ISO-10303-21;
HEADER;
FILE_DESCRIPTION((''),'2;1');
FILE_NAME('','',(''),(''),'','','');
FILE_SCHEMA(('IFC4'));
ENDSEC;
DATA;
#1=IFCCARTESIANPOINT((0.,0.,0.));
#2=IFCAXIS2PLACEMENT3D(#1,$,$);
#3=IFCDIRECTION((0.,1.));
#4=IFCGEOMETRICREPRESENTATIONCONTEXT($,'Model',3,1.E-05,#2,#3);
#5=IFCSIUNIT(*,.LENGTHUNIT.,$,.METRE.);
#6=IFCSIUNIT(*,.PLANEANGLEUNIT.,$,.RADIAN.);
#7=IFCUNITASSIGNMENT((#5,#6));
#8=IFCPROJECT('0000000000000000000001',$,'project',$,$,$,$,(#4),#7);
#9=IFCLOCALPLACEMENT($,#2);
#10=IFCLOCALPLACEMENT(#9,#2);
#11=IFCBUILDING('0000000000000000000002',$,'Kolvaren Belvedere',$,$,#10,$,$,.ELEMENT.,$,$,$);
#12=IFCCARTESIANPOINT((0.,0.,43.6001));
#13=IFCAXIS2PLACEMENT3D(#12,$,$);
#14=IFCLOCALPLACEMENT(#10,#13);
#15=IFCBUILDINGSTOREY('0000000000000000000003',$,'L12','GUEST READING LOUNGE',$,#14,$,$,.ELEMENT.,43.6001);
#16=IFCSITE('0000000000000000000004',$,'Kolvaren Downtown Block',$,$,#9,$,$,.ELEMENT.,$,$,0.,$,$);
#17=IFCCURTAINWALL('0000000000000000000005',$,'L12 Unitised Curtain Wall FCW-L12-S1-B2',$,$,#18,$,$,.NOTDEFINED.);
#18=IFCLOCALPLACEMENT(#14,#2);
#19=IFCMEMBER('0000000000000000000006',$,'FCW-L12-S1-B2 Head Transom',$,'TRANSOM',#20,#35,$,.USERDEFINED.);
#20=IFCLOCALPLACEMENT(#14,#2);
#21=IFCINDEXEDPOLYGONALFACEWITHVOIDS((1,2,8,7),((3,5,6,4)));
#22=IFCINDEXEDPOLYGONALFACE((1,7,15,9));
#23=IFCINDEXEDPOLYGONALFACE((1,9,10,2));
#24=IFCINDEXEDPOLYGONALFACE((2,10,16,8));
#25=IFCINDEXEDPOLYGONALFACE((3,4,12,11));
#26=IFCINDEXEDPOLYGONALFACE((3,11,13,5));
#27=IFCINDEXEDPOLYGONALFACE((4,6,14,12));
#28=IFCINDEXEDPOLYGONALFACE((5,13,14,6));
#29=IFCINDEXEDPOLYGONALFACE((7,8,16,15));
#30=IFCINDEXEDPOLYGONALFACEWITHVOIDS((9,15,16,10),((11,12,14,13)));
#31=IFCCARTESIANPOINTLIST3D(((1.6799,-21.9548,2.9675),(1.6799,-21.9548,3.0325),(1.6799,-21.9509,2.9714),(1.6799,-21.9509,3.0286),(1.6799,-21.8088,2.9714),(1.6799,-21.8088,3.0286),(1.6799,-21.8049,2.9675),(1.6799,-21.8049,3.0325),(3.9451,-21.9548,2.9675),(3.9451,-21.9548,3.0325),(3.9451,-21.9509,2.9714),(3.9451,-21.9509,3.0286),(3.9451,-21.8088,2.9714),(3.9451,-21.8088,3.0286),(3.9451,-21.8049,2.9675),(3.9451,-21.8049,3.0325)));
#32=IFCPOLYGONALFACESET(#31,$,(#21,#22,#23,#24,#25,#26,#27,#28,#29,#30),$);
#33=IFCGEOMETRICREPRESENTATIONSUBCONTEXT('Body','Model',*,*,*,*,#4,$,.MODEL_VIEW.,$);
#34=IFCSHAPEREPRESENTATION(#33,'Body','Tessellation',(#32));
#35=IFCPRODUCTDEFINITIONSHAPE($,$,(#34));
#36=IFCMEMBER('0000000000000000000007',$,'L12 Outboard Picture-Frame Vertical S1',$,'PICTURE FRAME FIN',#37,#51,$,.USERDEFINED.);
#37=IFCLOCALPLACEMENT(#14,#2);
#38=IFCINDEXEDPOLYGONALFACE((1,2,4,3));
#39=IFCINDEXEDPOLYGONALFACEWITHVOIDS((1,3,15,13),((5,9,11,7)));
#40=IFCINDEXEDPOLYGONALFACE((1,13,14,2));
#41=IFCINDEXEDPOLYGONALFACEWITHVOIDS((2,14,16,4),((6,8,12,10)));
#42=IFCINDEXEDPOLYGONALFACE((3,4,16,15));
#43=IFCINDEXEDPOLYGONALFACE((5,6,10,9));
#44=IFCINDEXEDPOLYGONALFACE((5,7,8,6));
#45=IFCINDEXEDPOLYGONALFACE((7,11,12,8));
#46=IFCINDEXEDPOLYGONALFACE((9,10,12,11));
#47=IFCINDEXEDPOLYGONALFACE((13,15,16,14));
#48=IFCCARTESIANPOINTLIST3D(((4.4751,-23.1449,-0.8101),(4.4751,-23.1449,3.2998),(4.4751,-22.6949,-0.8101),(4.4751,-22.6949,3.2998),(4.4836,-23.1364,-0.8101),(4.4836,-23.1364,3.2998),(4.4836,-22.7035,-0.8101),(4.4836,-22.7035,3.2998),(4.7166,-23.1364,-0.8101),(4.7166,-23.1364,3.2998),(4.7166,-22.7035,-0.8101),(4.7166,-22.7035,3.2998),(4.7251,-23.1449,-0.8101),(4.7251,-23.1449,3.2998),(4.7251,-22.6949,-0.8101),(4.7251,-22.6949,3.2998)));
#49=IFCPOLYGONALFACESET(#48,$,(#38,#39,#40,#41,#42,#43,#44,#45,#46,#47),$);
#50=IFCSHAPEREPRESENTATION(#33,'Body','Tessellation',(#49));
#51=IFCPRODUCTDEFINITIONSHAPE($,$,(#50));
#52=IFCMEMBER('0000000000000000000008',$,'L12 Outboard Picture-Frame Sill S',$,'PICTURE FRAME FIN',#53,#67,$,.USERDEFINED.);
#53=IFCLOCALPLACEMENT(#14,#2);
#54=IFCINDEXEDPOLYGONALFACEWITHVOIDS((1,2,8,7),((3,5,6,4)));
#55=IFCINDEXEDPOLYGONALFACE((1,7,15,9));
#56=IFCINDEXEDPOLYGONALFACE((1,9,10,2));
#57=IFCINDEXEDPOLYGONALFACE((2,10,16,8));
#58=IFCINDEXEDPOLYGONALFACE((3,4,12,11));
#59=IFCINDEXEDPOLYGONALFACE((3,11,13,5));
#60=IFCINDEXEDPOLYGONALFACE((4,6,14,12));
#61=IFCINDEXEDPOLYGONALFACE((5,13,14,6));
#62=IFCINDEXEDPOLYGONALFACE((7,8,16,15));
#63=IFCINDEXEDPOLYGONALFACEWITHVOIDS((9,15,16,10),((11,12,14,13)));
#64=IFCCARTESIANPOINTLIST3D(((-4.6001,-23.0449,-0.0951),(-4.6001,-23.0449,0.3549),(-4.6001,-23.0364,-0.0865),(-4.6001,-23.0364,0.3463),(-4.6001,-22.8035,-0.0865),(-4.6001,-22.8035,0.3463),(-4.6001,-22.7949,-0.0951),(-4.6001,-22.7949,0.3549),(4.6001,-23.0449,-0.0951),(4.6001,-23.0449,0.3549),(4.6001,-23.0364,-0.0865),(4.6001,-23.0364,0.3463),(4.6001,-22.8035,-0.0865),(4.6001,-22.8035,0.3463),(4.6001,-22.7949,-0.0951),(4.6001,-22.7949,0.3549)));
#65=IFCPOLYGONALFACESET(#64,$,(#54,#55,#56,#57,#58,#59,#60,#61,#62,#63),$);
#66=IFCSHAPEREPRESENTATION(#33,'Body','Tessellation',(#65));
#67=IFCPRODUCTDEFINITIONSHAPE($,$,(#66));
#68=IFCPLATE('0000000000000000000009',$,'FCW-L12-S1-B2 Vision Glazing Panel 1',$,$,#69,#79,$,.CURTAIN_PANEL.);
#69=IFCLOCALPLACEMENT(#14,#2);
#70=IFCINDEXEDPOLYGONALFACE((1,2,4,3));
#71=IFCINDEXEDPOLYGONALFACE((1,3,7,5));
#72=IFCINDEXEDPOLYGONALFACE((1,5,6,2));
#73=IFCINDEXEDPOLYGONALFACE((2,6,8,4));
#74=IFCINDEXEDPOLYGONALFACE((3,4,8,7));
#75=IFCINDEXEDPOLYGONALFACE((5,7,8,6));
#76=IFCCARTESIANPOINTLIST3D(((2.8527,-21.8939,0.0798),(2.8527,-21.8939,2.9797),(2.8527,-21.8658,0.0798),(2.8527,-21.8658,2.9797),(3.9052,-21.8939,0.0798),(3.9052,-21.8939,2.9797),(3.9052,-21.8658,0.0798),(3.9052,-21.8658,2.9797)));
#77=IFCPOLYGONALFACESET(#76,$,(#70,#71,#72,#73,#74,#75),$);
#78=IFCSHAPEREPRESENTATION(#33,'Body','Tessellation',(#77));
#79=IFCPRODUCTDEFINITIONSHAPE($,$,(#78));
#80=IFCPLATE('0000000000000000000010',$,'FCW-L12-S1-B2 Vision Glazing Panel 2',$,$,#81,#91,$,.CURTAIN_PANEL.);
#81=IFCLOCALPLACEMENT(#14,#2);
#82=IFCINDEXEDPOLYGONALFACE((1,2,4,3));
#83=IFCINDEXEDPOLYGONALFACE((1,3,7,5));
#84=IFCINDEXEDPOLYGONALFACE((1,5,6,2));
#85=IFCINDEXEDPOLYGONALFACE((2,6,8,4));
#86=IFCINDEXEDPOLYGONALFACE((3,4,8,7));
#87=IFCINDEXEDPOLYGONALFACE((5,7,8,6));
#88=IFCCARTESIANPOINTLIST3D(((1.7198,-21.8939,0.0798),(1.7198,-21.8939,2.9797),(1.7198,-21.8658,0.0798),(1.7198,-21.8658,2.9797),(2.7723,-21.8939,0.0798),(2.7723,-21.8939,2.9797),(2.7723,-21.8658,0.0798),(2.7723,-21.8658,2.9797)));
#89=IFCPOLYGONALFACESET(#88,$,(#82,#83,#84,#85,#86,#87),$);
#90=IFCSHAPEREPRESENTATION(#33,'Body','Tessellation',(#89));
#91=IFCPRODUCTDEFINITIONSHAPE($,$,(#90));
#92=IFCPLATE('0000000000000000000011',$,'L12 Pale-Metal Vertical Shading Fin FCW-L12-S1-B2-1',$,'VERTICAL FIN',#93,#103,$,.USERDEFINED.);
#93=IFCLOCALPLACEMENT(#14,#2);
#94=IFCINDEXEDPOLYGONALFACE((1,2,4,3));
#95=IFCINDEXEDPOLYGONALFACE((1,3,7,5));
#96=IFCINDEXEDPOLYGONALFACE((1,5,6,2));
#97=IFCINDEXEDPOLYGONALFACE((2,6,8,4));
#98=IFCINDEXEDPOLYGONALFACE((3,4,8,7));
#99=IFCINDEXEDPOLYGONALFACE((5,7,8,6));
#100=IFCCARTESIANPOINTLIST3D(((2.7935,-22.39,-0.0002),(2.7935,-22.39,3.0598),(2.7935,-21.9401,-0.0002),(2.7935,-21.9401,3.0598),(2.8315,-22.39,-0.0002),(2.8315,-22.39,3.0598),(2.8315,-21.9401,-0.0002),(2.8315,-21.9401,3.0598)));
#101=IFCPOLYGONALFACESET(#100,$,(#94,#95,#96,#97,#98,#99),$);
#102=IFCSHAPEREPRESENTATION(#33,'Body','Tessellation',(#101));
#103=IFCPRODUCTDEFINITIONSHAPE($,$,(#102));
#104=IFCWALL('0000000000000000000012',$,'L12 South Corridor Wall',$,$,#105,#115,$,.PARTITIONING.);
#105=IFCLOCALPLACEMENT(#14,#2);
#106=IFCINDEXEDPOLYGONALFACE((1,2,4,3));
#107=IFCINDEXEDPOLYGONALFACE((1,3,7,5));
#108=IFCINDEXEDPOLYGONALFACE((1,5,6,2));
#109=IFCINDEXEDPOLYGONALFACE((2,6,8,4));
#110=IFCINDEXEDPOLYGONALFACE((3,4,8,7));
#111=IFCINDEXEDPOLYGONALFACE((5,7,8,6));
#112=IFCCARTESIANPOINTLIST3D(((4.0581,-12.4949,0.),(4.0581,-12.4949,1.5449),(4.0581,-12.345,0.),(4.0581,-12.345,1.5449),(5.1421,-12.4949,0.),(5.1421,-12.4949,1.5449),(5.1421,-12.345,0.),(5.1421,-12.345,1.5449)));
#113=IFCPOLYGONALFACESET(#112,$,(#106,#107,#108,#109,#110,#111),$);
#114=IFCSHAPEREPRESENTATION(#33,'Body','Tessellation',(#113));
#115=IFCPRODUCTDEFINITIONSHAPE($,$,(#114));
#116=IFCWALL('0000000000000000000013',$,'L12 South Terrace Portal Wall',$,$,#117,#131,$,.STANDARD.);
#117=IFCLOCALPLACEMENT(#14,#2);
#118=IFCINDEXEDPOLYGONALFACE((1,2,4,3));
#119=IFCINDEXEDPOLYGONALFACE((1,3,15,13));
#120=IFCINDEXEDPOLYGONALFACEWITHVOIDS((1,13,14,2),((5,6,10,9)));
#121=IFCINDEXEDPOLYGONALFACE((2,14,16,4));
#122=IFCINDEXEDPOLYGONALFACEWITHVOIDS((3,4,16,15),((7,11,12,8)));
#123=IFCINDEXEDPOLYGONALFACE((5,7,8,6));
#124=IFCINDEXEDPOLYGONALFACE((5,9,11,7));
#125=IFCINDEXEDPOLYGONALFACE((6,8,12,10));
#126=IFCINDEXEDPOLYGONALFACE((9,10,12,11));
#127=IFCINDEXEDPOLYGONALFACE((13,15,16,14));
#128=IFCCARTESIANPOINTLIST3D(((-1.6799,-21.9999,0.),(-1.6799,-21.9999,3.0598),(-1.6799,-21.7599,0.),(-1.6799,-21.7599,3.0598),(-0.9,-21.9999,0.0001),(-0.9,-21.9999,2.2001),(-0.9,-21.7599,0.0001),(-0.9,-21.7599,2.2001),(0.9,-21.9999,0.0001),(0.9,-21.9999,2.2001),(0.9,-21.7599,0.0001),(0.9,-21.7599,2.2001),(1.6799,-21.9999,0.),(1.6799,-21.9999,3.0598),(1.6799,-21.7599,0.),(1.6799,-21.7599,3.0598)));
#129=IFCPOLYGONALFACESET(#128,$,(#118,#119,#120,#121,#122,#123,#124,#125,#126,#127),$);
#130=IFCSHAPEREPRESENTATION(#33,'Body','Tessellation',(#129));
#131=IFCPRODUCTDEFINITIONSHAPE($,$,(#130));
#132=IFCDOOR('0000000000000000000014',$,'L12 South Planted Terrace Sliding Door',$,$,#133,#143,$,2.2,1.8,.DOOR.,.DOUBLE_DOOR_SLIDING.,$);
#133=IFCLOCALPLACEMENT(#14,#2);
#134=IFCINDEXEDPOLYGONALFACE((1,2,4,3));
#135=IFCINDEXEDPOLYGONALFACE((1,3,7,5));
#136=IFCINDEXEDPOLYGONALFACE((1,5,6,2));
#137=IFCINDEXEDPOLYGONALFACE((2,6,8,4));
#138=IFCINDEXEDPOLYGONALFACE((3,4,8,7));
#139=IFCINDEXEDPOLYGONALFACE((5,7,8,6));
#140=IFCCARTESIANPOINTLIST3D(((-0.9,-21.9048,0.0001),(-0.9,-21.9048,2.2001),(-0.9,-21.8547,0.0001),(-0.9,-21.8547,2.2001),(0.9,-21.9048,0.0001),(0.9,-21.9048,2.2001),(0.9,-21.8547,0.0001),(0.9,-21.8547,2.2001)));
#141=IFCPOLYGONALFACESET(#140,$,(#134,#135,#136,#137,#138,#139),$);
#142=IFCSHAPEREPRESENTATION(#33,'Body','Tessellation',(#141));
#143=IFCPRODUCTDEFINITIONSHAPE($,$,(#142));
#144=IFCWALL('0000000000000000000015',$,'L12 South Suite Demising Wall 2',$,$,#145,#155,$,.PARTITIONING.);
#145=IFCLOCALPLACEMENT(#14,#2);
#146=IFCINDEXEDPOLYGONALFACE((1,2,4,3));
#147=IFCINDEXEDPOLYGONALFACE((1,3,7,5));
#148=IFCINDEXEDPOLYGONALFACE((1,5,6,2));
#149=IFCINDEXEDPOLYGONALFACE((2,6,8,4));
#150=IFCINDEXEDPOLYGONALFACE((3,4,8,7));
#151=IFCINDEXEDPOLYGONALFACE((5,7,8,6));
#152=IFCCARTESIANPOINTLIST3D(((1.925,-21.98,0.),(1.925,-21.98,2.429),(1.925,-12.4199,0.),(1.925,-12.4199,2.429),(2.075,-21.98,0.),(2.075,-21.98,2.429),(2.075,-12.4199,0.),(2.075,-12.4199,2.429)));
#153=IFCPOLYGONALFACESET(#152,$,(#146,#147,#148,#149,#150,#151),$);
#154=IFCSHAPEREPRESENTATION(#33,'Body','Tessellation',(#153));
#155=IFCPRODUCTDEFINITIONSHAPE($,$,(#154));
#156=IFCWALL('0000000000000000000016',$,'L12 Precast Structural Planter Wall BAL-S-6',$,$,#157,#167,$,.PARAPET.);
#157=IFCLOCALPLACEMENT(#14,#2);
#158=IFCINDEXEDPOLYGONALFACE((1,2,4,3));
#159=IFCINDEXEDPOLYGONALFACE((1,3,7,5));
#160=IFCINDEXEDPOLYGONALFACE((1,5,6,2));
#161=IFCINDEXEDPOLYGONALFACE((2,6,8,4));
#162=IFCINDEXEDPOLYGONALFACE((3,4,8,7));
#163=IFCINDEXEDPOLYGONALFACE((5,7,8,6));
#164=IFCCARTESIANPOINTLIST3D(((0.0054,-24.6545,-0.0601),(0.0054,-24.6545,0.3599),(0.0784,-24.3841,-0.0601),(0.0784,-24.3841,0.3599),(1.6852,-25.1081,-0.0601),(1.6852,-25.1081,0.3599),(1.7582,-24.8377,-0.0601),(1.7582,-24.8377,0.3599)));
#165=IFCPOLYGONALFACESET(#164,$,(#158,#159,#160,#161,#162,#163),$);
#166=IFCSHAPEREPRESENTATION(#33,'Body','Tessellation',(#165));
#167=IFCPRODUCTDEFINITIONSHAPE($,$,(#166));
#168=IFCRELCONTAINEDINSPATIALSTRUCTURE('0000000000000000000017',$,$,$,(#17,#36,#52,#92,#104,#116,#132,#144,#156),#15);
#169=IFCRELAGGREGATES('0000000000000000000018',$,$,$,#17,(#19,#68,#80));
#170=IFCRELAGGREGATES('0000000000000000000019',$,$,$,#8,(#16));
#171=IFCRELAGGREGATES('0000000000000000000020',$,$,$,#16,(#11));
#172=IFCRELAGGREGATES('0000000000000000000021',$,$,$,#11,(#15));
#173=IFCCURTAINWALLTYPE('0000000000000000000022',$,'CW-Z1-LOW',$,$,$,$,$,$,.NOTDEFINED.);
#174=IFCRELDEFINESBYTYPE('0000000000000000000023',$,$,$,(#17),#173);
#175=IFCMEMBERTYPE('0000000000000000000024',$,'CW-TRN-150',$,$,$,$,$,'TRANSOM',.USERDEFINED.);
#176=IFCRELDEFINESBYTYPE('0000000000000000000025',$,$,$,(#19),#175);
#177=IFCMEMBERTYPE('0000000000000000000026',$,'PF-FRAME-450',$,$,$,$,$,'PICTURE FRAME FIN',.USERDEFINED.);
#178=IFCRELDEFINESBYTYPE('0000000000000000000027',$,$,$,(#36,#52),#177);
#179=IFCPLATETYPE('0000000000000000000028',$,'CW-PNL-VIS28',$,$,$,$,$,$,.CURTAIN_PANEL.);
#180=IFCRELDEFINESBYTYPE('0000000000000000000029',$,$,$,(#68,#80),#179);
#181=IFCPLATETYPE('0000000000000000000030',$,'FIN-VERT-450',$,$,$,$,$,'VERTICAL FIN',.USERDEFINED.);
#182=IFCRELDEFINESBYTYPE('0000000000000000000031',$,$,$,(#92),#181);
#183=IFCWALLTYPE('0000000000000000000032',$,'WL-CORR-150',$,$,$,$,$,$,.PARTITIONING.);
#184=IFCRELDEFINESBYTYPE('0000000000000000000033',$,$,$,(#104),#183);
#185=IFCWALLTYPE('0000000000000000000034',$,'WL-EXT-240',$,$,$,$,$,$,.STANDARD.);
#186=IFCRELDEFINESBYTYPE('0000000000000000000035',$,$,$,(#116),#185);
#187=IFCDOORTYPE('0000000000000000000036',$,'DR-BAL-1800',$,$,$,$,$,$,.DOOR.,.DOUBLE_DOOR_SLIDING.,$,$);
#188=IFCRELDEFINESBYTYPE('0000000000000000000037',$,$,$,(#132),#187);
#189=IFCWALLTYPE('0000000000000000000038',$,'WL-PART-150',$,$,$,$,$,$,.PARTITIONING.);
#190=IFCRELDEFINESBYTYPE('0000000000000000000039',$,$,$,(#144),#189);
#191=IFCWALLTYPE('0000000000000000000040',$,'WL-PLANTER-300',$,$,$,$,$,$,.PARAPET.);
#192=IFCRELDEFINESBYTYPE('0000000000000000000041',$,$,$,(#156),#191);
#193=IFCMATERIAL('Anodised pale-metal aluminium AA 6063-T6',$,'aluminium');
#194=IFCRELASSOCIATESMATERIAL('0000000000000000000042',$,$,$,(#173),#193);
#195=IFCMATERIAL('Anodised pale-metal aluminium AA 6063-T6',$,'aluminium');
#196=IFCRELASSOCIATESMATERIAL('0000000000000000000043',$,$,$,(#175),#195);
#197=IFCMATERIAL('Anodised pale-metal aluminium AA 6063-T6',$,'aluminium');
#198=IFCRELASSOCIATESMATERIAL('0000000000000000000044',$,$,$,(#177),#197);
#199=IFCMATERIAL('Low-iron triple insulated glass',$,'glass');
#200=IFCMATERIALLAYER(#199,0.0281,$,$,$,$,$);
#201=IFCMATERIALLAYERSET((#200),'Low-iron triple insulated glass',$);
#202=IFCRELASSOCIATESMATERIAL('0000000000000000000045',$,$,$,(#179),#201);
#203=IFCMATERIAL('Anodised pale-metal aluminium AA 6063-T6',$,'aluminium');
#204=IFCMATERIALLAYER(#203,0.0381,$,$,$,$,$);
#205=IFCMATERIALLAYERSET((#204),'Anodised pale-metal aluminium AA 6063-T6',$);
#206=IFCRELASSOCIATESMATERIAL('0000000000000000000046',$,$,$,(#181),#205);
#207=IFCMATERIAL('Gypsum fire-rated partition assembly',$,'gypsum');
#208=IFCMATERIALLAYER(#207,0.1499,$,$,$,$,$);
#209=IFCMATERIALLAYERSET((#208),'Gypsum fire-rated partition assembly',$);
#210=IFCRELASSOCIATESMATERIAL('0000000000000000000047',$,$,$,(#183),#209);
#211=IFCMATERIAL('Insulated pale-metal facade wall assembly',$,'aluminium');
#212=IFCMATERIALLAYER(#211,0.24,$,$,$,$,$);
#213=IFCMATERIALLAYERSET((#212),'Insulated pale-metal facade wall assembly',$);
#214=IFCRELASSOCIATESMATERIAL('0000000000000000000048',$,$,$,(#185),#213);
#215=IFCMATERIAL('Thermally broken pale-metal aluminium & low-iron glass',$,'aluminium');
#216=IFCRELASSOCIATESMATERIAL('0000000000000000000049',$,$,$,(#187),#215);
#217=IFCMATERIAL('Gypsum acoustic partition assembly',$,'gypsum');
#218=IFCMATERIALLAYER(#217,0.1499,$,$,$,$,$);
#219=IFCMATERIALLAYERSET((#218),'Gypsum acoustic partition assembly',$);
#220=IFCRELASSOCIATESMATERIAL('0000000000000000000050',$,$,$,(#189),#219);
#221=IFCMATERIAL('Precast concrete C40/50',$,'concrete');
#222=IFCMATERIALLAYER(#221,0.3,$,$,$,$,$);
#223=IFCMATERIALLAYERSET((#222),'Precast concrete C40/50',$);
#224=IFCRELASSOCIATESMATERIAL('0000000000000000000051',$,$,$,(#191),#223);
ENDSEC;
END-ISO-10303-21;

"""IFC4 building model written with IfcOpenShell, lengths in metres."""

from ifc_helpers import new_model, si_unit, direction, frame, frame_2d, origin, origin_2d, place, context, subcontext, project, spatial, rectangle, hollow_rectangle, extrude, material, layer, layer_set, material_profile, profile_set, type_object, element, fill, aggregate, save


model = new_model("IFC4")

# Units and contexts
model_context = context("Model", 3, precision=1e-05, world=origin(), true_north=direction((0.0, 1.0)))
body_context = subcontext(model_context, "Body", "Model", "MODEL_VIEW")
ifc_project = project(units=[si_unit("LENGTHUNIT", "METRE"), si_unit("PLANEANGLEUNIT", "RADIAN")], contexts=[model_context])

# Site, building, storey
site_placement = place(None, origin())
site = spatial("IfcSite", under=ifc_project, at=site_placement, Name="Kolvaren Downtown Block", CompositionType="ELEMENT", RefElevation=0.0)
building_placement = place(site_placement, origin())
building = spatial("IfcBuilding", under=site, at=building_placement, Name="Kolvaren Belvedere", CompositionType="ELEMENT")
storey_placement = place(building_placement, frame((0.0, 0.0, 43.6001)))
storey = spatial("IfcBuildingStorey", under=building, at=storey_placement, Name="L12", Description="GUEST READING LOUNGE", CompositionType="ELEMENT", Elevation=43.6001)

# Curtain wall, member
ifc_material_1 = material(Name="Anodised pale-metal aluminium AA 6063-T6", Category="aluminium")
curtain_wall_type = type_object("IfcCurtainWallType", Name="CW-Z1-LOW", PredefinedType="NOTDEFINED", material=ifc_material_1)
curtain_wall_placement = place(storey_placement, origin())
curtain_wall = element("IfcCurtainWall", 1, at=curtain_wall_placement, inside=storey, type_object=curtain_wall_type, Name="L12 Unitised Curtain Wall FCW-L12-S1-B2", PredefinedType="NOTDEFINED")
ifc_material_2 = material(Name="Anodised pale-metal aluminium AA 6063-T6", Category="aluminium")
ifc_material_profile_1 = material_profile(ifc_material_2, hollow_rectangle(XDim=0.0649, YDim=0.1499, WallThickness=0.0039, at=origin_2d()), Name="ALU-TRN-150X65")
ifc_profile_set_1 = profile_set([ifc_material_profile_1], Name="Anodised pale-metal aluminium AA 6063-T6")
member_type_1 = type_object("IfcMemberType", Name="CW-TRN-150", ElementType="TRANSOM", PredefinedType="USERDEFINED", material=ifc_profile_set_1)
member_1_placement = place(storey_placement, frame((3.9451, -21.8799, 3.0), z_axis=(-1.0, 0.0, 0.0), x_axis=(0.0, 0.0, 1.0)))
member_1 = element("IfcMember", 2, at=member_1_placement, type_object=member_type_1, Name="FCW-L12-S1-B2 Head Transom", ObjectType="TRANSOM", PredefinedType="USERDEFINED", context=body_context, shape_type="SweptSolid", body=[
    extrude(hollow_rectangle(XDim=0.0649, YDim=0.1499, WallThickness=0.0039, at=origin_2d()), origin(), (0.0, 0.0, 1.0), 2.2651),
])

# Members
ifc_material_3 = material(Name="Anodised pale-metal aluminium AA 6063-T6", Category="aluminium")
ifc_material_profile_2 = material_profile(ifc_material_3, hollow_rectangle(XDim=0.25, YDim=0.45, WallThickness=0.0085, at=origin_2d()), Name="ALU-PF-450X250")
ifc_profile_set_2 = profile_set([ifc_material_profile_2], Name="Anodised pale-metal aluminium AA 6063-T6")
member_type_2 = type_object("IfcMemberType", Name="PF-FRAME-450", ElementType="PICTURE FRAME FIN", PredefinedType="USERDEFINED", material=ifc_profile_set_2)
member_2_placement = place(storey_placement, frame((4.6001, -22.9199, -0.8101), z_axis=(0.0, 0.0, 1.0), x_axis=(1.0, 0.0, 0.0)))
element("IfcMember", 3, at=member_2_placement, inside=storey, type_object=member_type_2, Name="L12 Outboard Picture-Frame Vertical S1", ObjectType="PICTURE FRAME FIN", PredefinedType="USERDEFINED", context=body_context, shape_type="SweptSolid", body=[
    extrude(hollow_rectangle(XDim=0.25, YDim=0.45, WallThickness=0.0085, at=origin_2d()), origin(), (0.0, 0.0, 1.0), 4.1099),
])
member_3_placement = place(storey_placement, frame((4.6001, -22.9199, 0.1299), z_axis=(-1.0, 0.0, 0.0), x_axis=(0.0, -1.0, 0.0)))
element("IfcMember", 4, at=member_3_placement, inside=storey, type_object=member_type_2, Name="L12 Outboard Picture-Frame Sill S", ObjectType="PICTURE FRAME FIN", PredefinedType="USERDEFINED", context=body_context, shape_type="SweptSolid", body=[
    extrude(hollow_rectangle(XDim=0.25, YDim=0.45, WallThickness=0.0085, at=origin_2d()), origin(), (0.0, 0.0, 1.0), 9.2002),
])

# Plates
ifc_material_4 = material(Name="Low-iron triple insulated glass", Category="glass")
ifc_layer_1 = layer(ifc_material_4, 0.0281)
ifc_layer_set_1 = layer_set([ifc_layer_1], Name="Low-iron triple insulated glass")
plate_type_1 = type_object("IfcPlateType", Name="CW-PNL-VIS28", PredefinedType="CURTAIN_PANEL", material=ifc_layer_set_1)
plate_1_placement = place(storey_placement, frame((3.3789, -21.8799, 0.0798), z_axis=(0.0, 0.0, 1.0), x_axis=(-1.0, 0.0, 0.0)))
plate_1 = element("IfcPlate", 5, at=plate_1_placement, type_object=plate_type_1, Name="FCW-L12-S1-B2 Vision Glazing Panel 1", PredefinedType="CURTAIN_PANEL", context=body_context, shape_type="SweptSolid", body=[
    extrude(rectangle(XDim=1.0525, YDim=0.0281, at=origin_2d()), origin(), (0.0, 0.0, 1.0), 2.8999),
])
plate_2_placement = place(storey_placement, frame((2.2461, -21.8799, 0.0798), z_axis=(0.0, 0.0, 1.0), x_axis=(-1.0, 0.0, 0.0)))
plate_2 = element("IfcPlate", 6, at=plate_2_placement, type_object=plate_type_1, Name="FCW-L12-S1-B2 Vision Glazing Panel 2", PredefinedType="CURTAIN_PANEL", context=body_context, shape_type="SweptSolid", body=[
    extrude(rectangle(XDim=1.0525, YDim=0.0281, at=origin_2d()), origin(), (0.0, 0.0, 1.0), 2.8999),
])
aggregate(curtain_wall, [member_1, plate_1, plate_2])
ifc_material_5 = material(Name="Anodised pale-metal aluminium AA 6063-T6", Category="aluminium")
ifc_layer_2 = layer(ifc_material_5, 0.0381)
ifc_layer_set_2 = layer_set([ifc_layer_2], Name="Anodised pale-metal aluminium AA 6063-T6")
plate_type_2 = type_object("IfcPlateType", Name="FIN-VERT-450", ElementType="VERTICAL FIN", PredefinedType="USERDEFINED", material=ifc_layer_set_2)
plate_3_placement = place(storey_placement, frame((2.8125, -22.165, -0.0002), z_axis=(0.0, 0.0, 1.0), x_axis=(0.0, 1.0, 0.0)))
element("IfcPlate", 7, at=plate_3_placement, inside=storey, type_object=plate_type_2, Name="L12 Pale-Metal Vertical Shading Fin FCW-L12-S1-B2-1", ObjectType="VERTICAL FIN", PredefinedType="USERDEFINED", context=body_context, shape_type="SweptSolid", body=[
    extrude(rectangle(XDim=0.45, YDim=0.0381, at=origin_2d()), origin(), (0.0, 0.0, 1.0), 3.0601),
])

# Wall
ifc_material_6 = material(Name="Gypsum fire-rated partition assembly", Category="gypsum")
ifc_layer_3 = layer(ifc_material_6, 0.1499)
ifc_layer_set_3 = layer_set([ifc_layer_3], Name="Gypsum fire-rated partition assembly")
wall_type_1 = type_object("IfcWallType", Name="WL-CORR-150", PredefinedType="PARTITIONING", material=ifc_layer_set_3)
wall_1_placement = place(storey_placement, frame((4.0581, -12.4199, 0.0), z_axis=(0.0, 0.0, 1.0), x_axis=(1.0, 0.0, 0.0)))
element("IfcWall", 8, at=wall_1_placement, inside=storey, type_object=wall_type_1, Name="L12 South Corridor Wall", PredefinedType="PARTITIONING", context=body_context, shape_type="SweptSolid", body=[
    extrude(rectangle(XDim=1.084, YDim=0.1499, at=frame_2d((0.542, 0.0))), origin(), (0.0, 0.0, 1.0), 1.5449),
])

# Wall, opening, door
ifc_material_7 = material(Name="Insulated pale-metal facade wall assembly", Category="aluminium")
ifc_layer_4 = layer(ifc_material_7, 0.24)
ifc_layer_set_4 = layer_set([ifc_layer_4], Name="Insulated pale-metal facade wall assembly")
wall_type_2 = type_object("IfcWallType", Name="WL-EXT-240", PredefinedType="STANDARD", material=ifc_layer_set_4)
wall_2_placement = place(storey_placement, frame((1.6799, -21.8799, 0.0), z_axis=(0.0, 0.0, 1.0), x_axis=(-1.0, 0.0, 0.0)))
wall_2 = element("IfcWall", 9, at=wall_2_placement, inside=storey, type_object=wall_type_2, Name="L12 South Terrace Portal Wall", PredefinedType="STANDARD", context=body_context, shape_type="SweptSolid", body=[
    extrude(rectangle(XDim=3.3599, YDim=0.24, at=frame_2d((1.6799, 0.0))), origin(), (0.0, 0.0, 1.0), 3.0598),
])
opening_placement = place(wall_2_placement, frame((0.78, 0.0, 0.0)))
opening = element("IfcOpeningElement", 10, at=opening_placement, cuts=wall_2, PredefinedType="OPENING", context=body_context, shape_type="SweptSolid", body=[
    extrude(rectangle(XDim=1.8, YDim=2.2, at=frame_2d((0.8999, 1.1001))), frame((0.0, 0.1299, 0.0), z_axis=(0.0, -1.0, 0.0), x_axis=(1.0, 0.0, 0.0)), (0.0, 0.0, 1.0), 0.26),
])
ifc_material_8 = material(Name="Thermally broken pale-metal aluminium & low-iron glass", Category="aluminium")
door_type = type_object("IfcDoorType", Name="DR-BAL-1800", OperationType="DOUBLE_DOOR_SLIDING", PredefinedType="DOOR", material=ifc_material_8)
door_placement = place(opening_placement, origin())
door = element("IfcDoor", 11, at=door_placement, inside=storey, type_object=door_type, Name="L12 South Planted Terrace Sliding Door", OperationType="DOUBLE_DOOR_SLIDING", OverallHeight=2.2, OverallWidth=1.8, PredefinedType="DOOR", context=body_context, shape_type="SweptSolid", body=[
    extrude(rectangle(XDim=1.8, YDim=2.2, at=frame_2d((0.8999, 1.1001))), frame((0.0, 0.0249, 0.0), z_axis=(0.0, -1.0, 0.0), x_axis=(1.0, 0.0, 0.0)), (0.0, 0.0, 1.0), 0.05),
])
fill(opening, door)

# Walls
ifc_material_9 = material(Name="Gypsum acoustic partition assembly", Category="gypsum")
ifc_layer_5 = layer(ifc_material_9, 0.1499)
ifc_layer_set_5 = layer_set([ifc_layer_5], Name="Gypsum acoustic partition assembly")
wall_type_3 = type_object("IfcWallType", Name="WL-PART-150", PredefinedType="PARTITIONING", material=ifc_layer_set_5)
wall_3_placement = place(storey_placement, frame((2.0, -21.98, 0.0), z_axis=(0.0, 0.0, 1.0), x_axis=(0.0, 1.0, 0.0)))
element("IfcWall", 12, at=wall_3_placement, inside=storey, type_object=wall_type_3, Name="L12 South Suite Demising Wall 2", PredefinedType="PARTITIONING", context=body_context, shape_type="SweptSolid", body=[
    extrude(rectangle(XDim=9.5601, YDim=0.1499, at=frame_2d((4.78, 0.0))), origin(), (0.0, 0.0, 1.0), 2.429),
])
ifc_material_10 = material(Name="Precast concrete C40/50", Category="concrete")
ifc_layer_6 = layer(ifc_material_10, 0.3)
ifc_layer_set_6 = layer_set([ifc_layer_6], Name="Precast concrete C40/50")
wall_type_4 = type_object("IfcWallType", Name="WL-PLANTER-300", PredefinedType="PARAPET", material=ifc_layer_set_6)
wall_4_placement = place(storey_placement, frame((0.0417, -24.5193, -0.0601), z_axis=(0.0, 0.0, 1.0), x_axis=(0.965424, -0.260683, 0.0)))
element("IfcWall", 13, at=wall_4_placement, inside=storey, type_object=wall_type_4, Name="L12 Precast Structural Planter Wall BAL-S-6", PredefinedType="PARAPET", context=body_context, shape_type="SweptSolid", body=[
    extrude(rectangle(XDim=1.74, YDim=0.28, at=frame_2d((0.8701, 0.0))), origin(), (0.0, 0.0, 1.0), 0.4199),
])

save(model, "model.ifc")
